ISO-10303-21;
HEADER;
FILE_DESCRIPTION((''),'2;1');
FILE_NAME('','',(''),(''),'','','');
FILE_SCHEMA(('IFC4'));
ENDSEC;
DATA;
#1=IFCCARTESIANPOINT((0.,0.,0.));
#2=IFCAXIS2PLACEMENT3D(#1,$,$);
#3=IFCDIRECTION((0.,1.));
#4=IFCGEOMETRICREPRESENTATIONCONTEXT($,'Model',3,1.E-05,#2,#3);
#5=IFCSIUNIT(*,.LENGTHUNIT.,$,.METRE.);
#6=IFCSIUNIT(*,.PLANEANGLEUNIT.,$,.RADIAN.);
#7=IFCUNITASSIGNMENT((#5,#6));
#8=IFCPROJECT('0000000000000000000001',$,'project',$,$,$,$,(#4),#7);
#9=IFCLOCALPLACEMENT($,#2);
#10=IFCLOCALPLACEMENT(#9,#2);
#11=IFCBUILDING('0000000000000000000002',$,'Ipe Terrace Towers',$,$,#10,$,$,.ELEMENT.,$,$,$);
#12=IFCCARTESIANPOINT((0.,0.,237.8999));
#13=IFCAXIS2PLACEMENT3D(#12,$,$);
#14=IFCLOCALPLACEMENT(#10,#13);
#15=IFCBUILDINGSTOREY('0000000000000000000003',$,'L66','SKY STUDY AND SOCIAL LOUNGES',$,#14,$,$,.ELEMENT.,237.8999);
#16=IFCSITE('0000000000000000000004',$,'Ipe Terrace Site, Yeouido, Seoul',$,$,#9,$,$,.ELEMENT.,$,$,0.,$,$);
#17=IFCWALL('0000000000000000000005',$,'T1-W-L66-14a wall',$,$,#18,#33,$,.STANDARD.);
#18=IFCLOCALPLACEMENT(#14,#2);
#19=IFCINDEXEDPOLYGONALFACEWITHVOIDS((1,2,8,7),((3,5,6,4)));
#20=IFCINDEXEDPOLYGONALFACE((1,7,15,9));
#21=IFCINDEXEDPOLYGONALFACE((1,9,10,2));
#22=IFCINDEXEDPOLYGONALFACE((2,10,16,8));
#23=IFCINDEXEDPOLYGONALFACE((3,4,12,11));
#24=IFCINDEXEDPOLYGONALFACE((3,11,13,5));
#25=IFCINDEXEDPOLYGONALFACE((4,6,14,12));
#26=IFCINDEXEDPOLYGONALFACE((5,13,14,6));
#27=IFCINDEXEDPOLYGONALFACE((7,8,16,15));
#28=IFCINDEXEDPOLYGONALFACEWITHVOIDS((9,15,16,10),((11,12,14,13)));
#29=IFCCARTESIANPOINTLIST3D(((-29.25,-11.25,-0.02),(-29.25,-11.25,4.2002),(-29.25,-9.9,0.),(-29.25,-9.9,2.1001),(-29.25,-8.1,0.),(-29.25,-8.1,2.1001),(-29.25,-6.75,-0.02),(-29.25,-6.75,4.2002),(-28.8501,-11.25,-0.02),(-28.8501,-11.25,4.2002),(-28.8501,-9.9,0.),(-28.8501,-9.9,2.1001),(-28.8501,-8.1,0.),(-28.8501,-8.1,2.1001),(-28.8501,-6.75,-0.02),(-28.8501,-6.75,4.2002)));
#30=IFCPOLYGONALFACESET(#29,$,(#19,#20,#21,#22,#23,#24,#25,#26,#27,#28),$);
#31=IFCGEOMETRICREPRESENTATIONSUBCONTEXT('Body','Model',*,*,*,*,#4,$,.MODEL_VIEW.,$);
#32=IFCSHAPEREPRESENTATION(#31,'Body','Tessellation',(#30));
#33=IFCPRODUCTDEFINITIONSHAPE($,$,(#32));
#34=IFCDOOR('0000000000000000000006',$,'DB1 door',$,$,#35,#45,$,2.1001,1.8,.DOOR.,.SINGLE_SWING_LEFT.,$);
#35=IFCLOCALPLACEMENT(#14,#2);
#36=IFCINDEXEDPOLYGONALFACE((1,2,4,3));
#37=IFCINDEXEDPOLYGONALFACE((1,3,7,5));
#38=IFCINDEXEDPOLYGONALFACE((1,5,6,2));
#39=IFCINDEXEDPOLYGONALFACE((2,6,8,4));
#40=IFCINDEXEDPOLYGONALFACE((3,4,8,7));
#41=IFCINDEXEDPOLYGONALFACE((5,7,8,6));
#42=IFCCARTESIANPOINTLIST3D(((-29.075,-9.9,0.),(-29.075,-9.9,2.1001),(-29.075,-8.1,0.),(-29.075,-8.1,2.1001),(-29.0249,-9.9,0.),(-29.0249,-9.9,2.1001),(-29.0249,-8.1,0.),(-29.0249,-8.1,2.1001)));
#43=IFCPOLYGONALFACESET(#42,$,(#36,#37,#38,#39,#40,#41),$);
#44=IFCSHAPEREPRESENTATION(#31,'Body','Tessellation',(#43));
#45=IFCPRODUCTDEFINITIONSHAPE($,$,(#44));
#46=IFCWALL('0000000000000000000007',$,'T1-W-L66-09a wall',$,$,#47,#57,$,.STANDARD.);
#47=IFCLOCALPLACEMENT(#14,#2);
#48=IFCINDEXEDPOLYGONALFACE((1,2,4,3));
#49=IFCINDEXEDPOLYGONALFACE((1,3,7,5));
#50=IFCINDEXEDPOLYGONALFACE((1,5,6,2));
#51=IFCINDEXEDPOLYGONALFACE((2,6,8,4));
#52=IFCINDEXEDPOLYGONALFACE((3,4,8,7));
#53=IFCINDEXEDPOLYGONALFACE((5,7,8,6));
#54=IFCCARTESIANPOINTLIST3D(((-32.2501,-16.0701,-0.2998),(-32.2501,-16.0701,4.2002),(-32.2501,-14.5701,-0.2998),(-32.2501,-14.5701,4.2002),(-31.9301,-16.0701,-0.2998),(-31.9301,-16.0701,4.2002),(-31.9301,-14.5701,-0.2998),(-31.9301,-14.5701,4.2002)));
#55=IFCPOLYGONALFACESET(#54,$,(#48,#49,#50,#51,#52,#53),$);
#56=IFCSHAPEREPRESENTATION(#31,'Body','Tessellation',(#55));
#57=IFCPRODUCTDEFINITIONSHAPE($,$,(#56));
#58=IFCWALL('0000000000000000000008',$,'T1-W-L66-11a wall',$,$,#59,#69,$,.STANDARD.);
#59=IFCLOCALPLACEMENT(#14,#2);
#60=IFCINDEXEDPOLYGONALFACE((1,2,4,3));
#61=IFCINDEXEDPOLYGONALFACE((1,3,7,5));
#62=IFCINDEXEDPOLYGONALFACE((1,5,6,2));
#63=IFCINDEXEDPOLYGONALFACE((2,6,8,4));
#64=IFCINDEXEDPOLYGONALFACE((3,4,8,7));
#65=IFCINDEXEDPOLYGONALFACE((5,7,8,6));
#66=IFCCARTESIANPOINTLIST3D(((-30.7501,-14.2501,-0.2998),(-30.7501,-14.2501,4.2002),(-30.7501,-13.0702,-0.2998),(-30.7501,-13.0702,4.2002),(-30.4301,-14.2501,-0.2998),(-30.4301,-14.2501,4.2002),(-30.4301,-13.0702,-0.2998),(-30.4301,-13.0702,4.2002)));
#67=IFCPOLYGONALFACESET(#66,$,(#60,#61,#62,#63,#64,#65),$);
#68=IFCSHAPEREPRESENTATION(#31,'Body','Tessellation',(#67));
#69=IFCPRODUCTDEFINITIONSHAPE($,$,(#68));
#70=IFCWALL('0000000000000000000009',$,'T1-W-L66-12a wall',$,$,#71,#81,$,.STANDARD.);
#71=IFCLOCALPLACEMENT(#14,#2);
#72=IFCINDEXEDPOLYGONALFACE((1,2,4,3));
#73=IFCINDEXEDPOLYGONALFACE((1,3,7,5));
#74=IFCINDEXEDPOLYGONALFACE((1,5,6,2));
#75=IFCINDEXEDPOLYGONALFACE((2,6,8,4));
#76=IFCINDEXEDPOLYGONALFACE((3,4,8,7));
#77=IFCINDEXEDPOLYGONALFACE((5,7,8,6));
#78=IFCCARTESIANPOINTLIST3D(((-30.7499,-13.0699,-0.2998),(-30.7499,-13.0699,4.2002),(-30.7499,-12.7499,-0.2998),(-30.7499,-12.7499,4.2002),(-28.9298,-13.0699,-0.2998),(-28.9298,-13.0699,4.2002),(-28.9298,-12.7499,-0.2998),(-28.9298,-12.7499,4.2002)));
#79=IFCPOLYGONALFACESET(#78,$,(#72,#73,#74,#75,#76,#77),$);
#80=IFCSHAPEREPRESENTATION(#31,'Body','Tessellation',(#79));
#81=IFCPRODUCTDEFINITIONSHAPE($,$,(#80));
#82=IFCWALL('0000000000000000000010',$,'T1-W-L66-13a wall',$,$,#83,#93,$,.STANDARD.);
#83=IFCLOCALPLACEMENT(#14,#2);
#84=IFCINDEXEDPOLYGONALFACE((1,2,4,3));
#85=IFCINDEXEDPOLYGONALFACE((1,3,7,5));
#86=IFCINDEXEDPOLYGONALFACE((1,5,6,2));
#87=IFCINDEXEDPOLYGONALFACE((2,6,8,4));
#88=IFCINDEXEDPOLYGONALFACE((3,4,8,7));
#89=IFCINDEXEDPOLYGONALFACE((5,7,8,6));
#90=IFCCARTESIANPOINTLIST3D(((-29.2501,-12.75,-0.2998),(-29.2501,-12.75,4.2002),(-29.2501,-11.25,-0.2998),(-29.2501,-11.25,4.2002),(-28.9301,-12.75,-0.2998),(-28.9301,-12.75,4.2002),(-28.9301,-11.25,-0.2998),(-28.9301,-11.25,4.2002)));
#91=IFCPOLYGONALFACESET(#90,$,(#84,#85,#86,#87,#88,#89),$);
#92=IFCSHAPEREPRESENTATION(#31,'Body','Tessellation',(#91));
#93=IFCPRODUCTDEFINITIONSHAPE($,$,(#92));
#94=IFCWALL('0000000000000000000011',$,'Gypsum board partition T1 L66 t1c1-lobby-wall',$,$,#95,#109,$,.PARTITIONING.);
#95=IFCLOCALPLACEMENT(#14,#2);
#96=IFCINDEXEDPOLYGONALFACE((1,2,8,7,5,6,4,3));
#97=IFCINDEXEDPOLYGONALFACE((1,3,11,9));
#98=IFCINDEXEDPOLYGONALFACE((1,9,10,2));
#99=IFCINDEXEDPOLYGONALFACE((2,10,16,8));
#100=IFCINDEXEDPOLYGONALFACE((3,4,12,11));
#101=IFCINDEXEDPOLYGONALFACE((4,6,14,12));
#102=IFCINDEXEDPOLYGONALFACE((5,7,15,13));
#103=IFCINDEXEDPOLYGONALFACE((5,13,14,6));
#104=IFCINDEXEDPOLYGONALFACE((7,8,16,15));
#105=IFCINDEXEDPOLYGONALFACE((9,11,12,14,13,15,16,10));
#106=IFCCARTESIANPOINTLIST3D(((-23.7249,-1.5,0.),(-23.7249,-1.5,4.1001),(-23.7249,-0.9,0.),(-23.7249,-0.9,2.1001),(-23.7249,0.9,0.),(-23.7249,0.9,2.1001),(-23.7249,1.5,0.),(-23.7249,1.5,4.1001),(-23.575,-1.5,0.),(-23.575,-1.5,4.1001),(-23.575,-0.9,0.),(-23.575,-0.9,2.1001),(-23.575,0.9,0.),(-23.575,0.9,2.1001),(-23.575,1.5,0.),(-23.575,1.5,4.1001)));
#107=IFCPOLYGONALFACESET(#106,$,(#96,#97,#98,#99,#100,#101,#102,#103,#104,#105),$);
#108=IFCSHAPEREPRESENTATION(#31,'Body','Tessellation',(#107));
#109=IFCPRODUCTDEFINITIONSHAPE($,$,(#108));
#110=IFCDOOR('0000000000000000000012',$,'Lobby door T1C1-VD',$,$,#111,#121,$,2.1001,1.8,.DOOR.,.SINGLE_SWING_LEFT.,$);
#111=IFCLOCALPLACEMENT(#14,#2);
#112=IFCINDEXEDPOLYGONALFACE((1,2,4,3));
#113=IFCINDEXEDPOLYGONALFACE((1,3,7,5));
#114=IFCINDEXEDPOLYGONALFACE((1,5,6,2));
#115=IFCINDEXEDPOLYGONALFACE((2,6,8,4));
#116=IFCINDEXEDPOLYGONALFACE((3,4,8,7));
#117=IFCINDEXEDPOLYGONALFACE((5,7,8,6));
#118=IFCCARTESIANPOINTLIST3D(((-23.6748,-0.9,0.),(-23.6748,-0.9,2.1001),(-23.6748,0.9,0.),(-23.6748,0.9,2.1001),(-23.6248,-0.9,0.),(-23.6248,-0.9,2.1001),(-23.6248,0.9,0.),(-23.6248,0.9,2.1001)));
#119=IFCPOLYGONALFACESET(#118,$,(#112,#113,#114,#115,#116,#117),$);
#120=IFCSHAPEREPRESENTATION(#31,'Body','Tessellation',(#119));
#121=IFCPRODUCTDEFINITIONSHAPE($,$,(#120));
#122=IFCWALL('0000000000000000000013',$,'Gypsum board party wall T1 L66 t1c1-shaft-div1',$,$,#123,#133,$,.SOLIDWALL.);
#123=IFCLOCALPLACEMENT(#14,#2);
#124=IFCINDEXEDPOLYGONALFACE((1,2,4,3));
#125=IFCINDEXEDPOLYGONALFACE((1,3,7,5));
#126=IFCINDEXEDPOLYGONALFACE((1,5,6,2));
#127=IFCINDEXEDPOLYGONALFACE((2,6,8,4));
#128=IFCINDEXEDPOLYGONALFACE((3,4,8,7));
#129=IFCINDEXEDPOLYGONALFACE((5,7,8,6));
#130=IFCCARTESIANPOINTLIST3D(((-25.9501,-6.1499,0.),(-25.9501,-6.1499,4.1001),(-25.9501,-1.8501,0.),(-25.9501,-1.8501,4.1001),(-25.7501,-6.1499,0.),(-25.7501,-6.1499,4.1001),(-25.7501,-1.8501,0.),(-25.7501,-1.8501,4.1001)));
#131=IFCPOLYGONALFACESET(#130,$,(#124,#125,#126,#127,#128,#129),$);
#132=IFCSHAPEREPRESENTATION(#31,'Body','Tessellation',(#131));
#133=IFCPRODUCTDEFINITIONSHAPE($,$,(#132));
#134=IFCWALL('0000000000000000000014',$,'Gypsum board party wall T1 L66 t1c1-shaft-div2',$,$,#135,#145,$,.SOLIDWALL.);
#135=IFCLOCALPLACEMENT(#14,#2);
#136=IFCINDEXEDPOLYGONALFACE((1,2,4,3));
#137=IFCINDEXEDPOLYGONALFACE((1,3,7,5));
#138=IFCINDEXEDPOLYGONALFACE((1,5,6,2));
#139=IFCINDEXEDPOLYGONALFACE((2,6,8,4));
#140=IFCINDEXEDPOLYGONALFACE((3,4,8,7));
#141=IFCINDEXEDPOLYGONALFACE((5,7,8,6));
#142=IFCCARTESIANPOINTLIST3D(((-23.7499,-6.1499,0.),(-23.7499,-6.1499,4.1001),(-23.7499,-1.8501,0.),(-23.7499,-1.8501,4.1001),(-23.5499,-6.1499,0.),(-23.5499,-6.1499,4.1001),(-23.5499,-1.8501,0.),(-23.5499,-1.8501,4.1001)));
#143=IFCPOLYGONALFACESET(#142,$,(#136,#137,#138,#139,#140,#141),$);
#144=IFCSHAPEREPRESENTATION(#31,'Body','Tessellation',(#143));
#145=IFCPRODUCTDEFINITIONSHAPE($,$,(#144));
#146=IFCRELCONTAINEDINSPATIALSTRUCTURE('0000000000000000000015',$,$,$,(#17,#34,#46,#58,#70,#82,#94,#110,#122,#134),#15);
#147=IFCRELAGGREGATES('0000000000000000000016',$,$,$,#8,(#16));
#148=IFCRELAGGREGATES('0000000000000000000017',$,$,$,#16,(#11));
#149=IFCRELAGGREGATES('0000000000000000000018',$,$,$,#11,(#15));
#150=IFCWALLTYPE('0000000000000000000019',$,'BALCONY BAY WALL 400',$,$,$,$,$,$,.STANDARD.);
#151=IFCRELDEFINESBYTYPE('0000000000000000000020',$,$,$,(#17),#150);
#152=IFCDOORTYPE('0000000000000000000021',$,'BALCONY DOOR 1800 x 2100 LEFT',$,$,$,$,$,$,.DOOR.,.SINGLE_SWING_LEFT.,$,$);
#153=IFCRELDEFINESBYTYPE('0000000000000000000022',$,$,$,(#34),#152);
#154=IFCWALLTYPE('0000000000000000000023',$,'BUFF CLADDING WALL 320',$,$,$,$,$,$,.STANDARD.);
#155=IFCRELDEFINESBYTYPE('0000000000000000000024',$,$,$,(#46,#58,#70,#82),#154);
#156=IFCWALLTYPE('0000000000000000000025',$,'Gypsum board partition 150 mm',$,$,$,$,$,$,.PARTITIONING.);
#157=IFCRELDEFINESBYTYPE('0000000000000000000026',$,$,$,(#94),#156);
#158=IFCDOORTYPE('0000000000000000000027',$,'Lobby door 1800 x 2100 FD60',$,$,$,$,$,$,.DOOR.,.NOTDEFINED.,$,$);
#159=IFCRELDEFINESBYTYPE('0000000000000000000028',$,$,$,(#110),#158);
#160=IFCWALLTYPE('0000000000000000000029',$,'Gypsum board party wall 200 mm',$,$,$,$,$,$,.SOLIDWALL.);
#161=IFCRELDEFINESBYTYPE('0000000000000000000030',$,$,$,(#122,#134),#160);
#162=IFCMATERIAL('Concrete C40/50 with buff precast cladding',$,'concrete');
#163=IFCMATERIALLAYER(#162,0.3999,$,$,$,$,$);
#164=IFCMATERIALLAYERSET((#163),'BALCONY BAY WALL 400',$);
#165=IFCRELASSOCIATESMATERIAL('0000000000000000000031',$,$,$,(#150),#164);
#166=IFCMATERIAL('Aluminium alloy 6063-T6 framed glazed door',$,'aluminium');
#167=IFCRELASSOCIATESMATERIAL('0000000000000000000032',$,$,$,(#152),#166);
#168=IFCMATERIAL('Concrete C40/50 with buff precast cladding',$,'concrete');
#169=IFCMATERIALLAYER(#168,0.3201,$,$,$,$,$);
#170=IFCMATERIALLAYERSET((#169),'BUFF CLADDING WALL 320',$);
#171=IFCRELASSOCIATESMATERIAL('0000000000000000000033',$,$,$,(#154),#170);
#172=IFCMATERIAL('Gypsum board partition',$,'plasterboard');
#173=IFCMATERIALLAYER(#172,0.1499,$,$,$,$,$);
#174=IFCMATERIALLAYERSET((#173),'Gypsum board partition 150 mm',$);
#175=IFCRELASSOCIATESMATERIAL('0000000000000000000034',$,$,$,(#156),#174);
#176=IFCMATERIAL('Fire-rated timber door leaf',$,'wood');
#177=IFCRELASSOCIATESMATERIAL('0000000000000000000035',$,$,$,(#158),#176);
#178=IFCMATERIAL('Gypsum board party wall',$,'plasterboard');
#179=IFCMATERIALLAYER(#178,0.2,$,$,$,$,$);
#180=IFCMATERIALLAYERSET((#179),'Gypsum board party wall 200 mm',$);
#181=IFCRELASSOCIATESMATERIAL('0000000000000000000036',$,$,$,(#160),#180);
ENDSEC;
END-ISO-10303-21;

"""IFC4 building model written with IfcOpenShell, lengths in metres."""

from ifc_helpers import new_model, si_unit, direction, frame, frame_2d, origin, place, context, subcontext, project, spatial, rectangle, extrude, material, layer, layer_set, type_object, element, fill, save


model = new_model("IFC4")

# Units and contexts
model_context = context("Model", 3, precision=1e-05, world=origin(), true_north=direction((0.0, 1.0)))
body_context = subcontext(model_context, "Body", "Model", "MODEL_VIEW")
ifc_project = project(units=[si_unit("LENGTHUNIT", "METRE"), si_unit("PLANEANGLEUNIT", "RADIAN")], contexts=[model_context])

# Site, building, storey
site_placement = place(None, origin())
site = spatial("IfcSite", under=ifc_project, at=site_placement, Name="Ipe Terrace Site, Yeouido, Seoul", CompositionType="ELEMENT", RefElevation=0.0)
building_placement = place(site_placement, origin())
building = spatial("IfcBuilding", under=site, at=building_placement, Name="Ipe Terrace Towers", CompositionType="ELEMENT")
storey_placement = place(building_placement, frame((0.0, 0.0, 237.8999)))
storey = spatial("IfcBuildingStorey", under=building, at=storey_placement, Name="L66", Description="SKY STUDY AND SOCIAL LOUNGES", CompositionType="ELEMENT", Elevation=237.8999)

# Wall, opening, door
ifc_material_1 = material(Name="Concrete C40/50 with buff precast cladding", Category="concrete")
ifc_layer_1 = layer(ifc_material_1, 0.3999)
ifc_layer_set_1 = layer_set([ifc_layer_1], Name="BALCONY BAY WALL 400")
wall_type_1 = type_object("IfcWallType", Name="BALCONY BAY WALL 400", PredefinedType="STANDARD", material=ifc_layer_set_1)
wall_1_placement = place(storey_placement, frame((-29.05, -11.25, -0.02), z_axis=(0.0, 0.0, 1.0), x_axis=(0.0, 1.0, 0.0)))
wall_1 = element("IfcWall", 1, at=wall_1_placement, inside=storey, type_object=wall_type_1, Name="T1-W-L66-14a wall", PredefinedType="STANDARD", context=body_context, shape_type="SweptSolid", body=[
    extrude(rectangle(XDim=4.5, YDim=0.3999, at=frame_2d((2.25, 0.0))), origin(), (0.0, 0.0, 1.0), 4.2202),
])
opening_1_placement = place(wall_1_placement, frame((1.3501, 0.0, 0.02)))
opening_1 = element("IfcOpeningElement", 2, at=opening_1_placement, cuts=wall_1, PredefinedType="OPENING", context=body_context, shape_type="SweptSolid", body=[
    extrude(rectangle(XDim=1.8, YDim=2.1001, at=frame_2d((0.8999, 1.05))), frame((0.0, 0.21, 0.0), z_axis=(0.0, -1.0, 0.0), x_axis=(1.0, 0.0, 0.0)), (0.0, 0.0, 1.0), 0.4199),
])
ifc_material_2 = material(Name="Aluminium alloy 6063-T6 framed glazed door", Category="aluminium")
door_type_1 = type_object("IfcDoorType", Name="BALCONY DOOR 1800 x 2100 LEFT", OperationType="SINGLE_SWING_LEFT", PredefinedType="DOOR", material=ifc_material_2)
door_1_placement = place(opening_1_placement, origin())
door_1 = element("IfcDoor", 3, at=door_1_placement, inside=storey, type_object=door_type_1, Name="DB1 door", OperationType="SINGLE_SWING_LEFT", OverallHeight=2.1001, OverallWidth=1.8, PredefinedType="DOOR", context=body_context, shape_type="SweptSolid", body=[
    extrude(rectangle(XDim=1.8, YDim=2.1001, at=frame_2d((0.8999, 1.05))), frame((0.0, 0.0249, 0.0), z_axis=(0.0, -1.0, 0.0), x_axis=(1.0, 0.0, 0.0)), (0.0, 0.0, 1.0), 0.05),
])
fill(opening_1, door_1)

# Walls
ifc_material_3 = material(Name="Concrete C40/50 with buff precast cladding", Category="concrete")
ifc_layer_2 = layer(ifc_material_3, 0.3201)
ifc_layer_set_2 = layer_set([ifc_layer_2], Name="BUFF CLADDING WALL 320")
wall_type_2 = type_object("IfcWallType", Name="BUFF CLADDING WALL 320", PredefinedType="STANDARD", material=ifc_layer_set_2)
wall_2_placement = place(storey_placement, frame((-32.0901, -16.0701, -0.2998), z_axis=(0.0, 0.0, 1.0), x_axis=(0.0, 1.0, 0.0)))
element("IfcWall", 4, at=wall_2_placement, inside=storey, type_object=wall_type_2, Name="T1-W-L66-09a wall", PredefinedType="STANDARD", context=body_context, shape_type="SweptSolid", body=[
    extrude(rectangle(XDim=1.5, YDim=0.3201, at=frame_2d((0.75, 0.0))), origin(), (0.0, 0.0, 1.0), 4.5),
])
wall_3_placement = place(storey_placement, frame((-30.5901, -14.25, -0.2998), z_axis=(0.0, 0.0, 1.0), x_axis=(0.0, 1.0, 0.0)))
element("IfcWall", 5, at=wall_3_placement, inside=storey, type_object=wall_type_2, Name="T1-W-L66-11a wall", PredefinedType="STANDARD", context=body_context, shape_type="SweptSolid", body=[
    extrude(rectangle(XDim=1.1799, YDim=0.3201, at=frame_2d((0.5898, 0.0))), origin(), (0.0, 0.0, 1.0), 4.5),
])
wall_4_placement = place(storey_placement, frame((-30.75, -12.9099, -0.2998), z_axis=(0.0, 0.0, 1.0), x_axis=(1.0, 0.0, 0.0)))
element("IfcWall", 6, at=wall_4_placement, inside=storey, type_object=wall_type_2, Name="T1-W-L66-12a wall", PredefinedType="STANDARD", context=body_context, shape_type="SweptSolid", body=[
    extrude(rectangle(XDim=1.8201, YDim=0.3201, at=frame_2d((0.9102, 0.0))), origin(), (0.0, 0.0, 1.0), 4.5),
])
wall_5_placement = place(storey_placement, frame((-29.0901, -12.75, -0.2998), z_axis=(0.0, 0.0, 1.0), x_axis=(0.0, 1.0, 0.0)))
element("IfcWall", 7, at=wall_5_placement, inside=storey, type_object=wall_type_2, Name="T1-W-L66-13a wall", PredefinedType="STANDARD", context=body_context, shape_type="SweptSolid", body=[
    extrude(rectangle(XDim=1.5, YDim=0.3201, at=frame_2d((0.75, 0.0))), origin(), (0.0, 0.0, 1.0), 4.5),
])

# Wall, opening, door
ifc_material_4 = material(Name="Gypsum board partition", Category="plasterboard")
ifc_layer_3 = layer(ifc_material_4, 0.1499)
ifc_layer_set_3 = layer_set([ifc_layer_3], Name="Gypsum board partition 150 mm")
wall_type_3 = type_object("IfcWallType", Name="Gypsum board partition 150 mm", PredefinedType="PARTITIONING", material=ifc_layer_set_3)
wall_6_placement = place(storey_placement, frame((-23.6499, -1.5, 0.0), z_axis=(0.0, 0.0, 1.0), x_axis=(0.0, 1.0, 0.0)))
wall_6 = element("IfcWall", 8, at=wall_6_placement, inside=storey, type_object=wall_type_3, Name="Gypsum board partition T1 L66 t1c1-lobby-wall", PredefinedType="PARTITIONING", context=body_context, shape_type="SweptSolid", body=[
    extrude(rectangle(XDim=3.0, YDim=0.1499, at=frame_2d((1.5, 0.0))), origin(), (0.0, 0.0, 1.0), 4.1001),
])
opening_2_placement = place(wall_6_placement, frame((0.6001, 0.0, 0.0)))
opening_2 = element("IfcOpeningElement", 9, at=opening_2_placement, cuts=wall_6, PredefinedType="OPENING", context=body_context, shape_type="SweptSolid", body=[
    extrude(rectangle(XDim=1.8, YDim=2.1001, at=frame_2d((0.8999, 1.05))), frame((0.0, 0.085, 0.0), z_axis=(0.0, -1.0, 0.0), x_axis=(1.0, 0.0, 0.0)), (0.0, 0.0, 1.0), 0.1699),
])
ifc_material_5 = material(Name="Fire-rated timber door leaf", Category="wood")
door_type_2 = type_object("IfcDoorType", Name="Lobby door 1800 x 2100 FD60", OperationType="NOTDEFINED", PredefinedType="DOOR", material=ifc_material_5)
door_2_placement = place(opening_2_placement, origin())
door_2 = element("IfcDoor", 10, at=door_2_placement, inside=storey, type_object=door_type_2, Name="Lobby door T1C1-VD", OperationType="SINGLE_SWING_LEFT", OverallHeight=2.1001, OverallWidth=1.8, PredefinedType="DOOR", context=body_context, shape_type="SweptSolid", body=[
    extrude(rectangle(XDim=1.8, YDim=2.1001, at=frame_2d((0.8999, 1.05))), frame((0.0, 0.0249, 0.0), z_axis=(0.0, -1.0, 0.0), x_axis=(1.0, 0.0, 0.0)), (0.0, 0.0, 1.0), 0.05),
])
fill(opening_2, door_2)

# Walls
ifc_material_6 = material(Name="Gypsum board party wall", Category="plasterboard")
ifc_layer_4 = layer(ifc_material_6, 0.2)
ifc_layer_set_4 = layer_set([ifc_layer_4], Name="Gypsum board party wall 200 mm")
wall_type_4 = type_object("IfcWallType", Name="Gypsum board party wall 200 mm", PredefinedType="SOLIDWALL", material=ifc_layer_set_4)
for number, where, z_axis, x_axis, name in (
    (11, (-25.8501, -6.1499, 0.0), (0.0, 0.0, 1.0), (0.0, 1.0, 0.0), "Gypsum board party wall T1 L66 t1c1-shaft-div1"),
    (12, (-23.6499, -6.1499, 0.0), (0.0, 0.0, 1.0), (0.0, 1.0, 0.0), "Gypsum board party wall T1 L66 t1c1-shaft-div2"),
):
    element("IfcWall", number, at=place(storey_placement, frame(where, z_axis=z_axis, x_axis=x_axis)), inside=storey, type_object=wall_type_4, Name=name, PredefinedType="SOLIDWALL", context=body_context, shape_type="SweptSolid", body=[
        extrude(rectangle(XDim=4.2998, YDim=0.2, at=frame_2d((2.1499, 0.0))), origin(), (0.0, 0.0, 1.0), 4.1001),
    ])

save(model, "model.ifc")
